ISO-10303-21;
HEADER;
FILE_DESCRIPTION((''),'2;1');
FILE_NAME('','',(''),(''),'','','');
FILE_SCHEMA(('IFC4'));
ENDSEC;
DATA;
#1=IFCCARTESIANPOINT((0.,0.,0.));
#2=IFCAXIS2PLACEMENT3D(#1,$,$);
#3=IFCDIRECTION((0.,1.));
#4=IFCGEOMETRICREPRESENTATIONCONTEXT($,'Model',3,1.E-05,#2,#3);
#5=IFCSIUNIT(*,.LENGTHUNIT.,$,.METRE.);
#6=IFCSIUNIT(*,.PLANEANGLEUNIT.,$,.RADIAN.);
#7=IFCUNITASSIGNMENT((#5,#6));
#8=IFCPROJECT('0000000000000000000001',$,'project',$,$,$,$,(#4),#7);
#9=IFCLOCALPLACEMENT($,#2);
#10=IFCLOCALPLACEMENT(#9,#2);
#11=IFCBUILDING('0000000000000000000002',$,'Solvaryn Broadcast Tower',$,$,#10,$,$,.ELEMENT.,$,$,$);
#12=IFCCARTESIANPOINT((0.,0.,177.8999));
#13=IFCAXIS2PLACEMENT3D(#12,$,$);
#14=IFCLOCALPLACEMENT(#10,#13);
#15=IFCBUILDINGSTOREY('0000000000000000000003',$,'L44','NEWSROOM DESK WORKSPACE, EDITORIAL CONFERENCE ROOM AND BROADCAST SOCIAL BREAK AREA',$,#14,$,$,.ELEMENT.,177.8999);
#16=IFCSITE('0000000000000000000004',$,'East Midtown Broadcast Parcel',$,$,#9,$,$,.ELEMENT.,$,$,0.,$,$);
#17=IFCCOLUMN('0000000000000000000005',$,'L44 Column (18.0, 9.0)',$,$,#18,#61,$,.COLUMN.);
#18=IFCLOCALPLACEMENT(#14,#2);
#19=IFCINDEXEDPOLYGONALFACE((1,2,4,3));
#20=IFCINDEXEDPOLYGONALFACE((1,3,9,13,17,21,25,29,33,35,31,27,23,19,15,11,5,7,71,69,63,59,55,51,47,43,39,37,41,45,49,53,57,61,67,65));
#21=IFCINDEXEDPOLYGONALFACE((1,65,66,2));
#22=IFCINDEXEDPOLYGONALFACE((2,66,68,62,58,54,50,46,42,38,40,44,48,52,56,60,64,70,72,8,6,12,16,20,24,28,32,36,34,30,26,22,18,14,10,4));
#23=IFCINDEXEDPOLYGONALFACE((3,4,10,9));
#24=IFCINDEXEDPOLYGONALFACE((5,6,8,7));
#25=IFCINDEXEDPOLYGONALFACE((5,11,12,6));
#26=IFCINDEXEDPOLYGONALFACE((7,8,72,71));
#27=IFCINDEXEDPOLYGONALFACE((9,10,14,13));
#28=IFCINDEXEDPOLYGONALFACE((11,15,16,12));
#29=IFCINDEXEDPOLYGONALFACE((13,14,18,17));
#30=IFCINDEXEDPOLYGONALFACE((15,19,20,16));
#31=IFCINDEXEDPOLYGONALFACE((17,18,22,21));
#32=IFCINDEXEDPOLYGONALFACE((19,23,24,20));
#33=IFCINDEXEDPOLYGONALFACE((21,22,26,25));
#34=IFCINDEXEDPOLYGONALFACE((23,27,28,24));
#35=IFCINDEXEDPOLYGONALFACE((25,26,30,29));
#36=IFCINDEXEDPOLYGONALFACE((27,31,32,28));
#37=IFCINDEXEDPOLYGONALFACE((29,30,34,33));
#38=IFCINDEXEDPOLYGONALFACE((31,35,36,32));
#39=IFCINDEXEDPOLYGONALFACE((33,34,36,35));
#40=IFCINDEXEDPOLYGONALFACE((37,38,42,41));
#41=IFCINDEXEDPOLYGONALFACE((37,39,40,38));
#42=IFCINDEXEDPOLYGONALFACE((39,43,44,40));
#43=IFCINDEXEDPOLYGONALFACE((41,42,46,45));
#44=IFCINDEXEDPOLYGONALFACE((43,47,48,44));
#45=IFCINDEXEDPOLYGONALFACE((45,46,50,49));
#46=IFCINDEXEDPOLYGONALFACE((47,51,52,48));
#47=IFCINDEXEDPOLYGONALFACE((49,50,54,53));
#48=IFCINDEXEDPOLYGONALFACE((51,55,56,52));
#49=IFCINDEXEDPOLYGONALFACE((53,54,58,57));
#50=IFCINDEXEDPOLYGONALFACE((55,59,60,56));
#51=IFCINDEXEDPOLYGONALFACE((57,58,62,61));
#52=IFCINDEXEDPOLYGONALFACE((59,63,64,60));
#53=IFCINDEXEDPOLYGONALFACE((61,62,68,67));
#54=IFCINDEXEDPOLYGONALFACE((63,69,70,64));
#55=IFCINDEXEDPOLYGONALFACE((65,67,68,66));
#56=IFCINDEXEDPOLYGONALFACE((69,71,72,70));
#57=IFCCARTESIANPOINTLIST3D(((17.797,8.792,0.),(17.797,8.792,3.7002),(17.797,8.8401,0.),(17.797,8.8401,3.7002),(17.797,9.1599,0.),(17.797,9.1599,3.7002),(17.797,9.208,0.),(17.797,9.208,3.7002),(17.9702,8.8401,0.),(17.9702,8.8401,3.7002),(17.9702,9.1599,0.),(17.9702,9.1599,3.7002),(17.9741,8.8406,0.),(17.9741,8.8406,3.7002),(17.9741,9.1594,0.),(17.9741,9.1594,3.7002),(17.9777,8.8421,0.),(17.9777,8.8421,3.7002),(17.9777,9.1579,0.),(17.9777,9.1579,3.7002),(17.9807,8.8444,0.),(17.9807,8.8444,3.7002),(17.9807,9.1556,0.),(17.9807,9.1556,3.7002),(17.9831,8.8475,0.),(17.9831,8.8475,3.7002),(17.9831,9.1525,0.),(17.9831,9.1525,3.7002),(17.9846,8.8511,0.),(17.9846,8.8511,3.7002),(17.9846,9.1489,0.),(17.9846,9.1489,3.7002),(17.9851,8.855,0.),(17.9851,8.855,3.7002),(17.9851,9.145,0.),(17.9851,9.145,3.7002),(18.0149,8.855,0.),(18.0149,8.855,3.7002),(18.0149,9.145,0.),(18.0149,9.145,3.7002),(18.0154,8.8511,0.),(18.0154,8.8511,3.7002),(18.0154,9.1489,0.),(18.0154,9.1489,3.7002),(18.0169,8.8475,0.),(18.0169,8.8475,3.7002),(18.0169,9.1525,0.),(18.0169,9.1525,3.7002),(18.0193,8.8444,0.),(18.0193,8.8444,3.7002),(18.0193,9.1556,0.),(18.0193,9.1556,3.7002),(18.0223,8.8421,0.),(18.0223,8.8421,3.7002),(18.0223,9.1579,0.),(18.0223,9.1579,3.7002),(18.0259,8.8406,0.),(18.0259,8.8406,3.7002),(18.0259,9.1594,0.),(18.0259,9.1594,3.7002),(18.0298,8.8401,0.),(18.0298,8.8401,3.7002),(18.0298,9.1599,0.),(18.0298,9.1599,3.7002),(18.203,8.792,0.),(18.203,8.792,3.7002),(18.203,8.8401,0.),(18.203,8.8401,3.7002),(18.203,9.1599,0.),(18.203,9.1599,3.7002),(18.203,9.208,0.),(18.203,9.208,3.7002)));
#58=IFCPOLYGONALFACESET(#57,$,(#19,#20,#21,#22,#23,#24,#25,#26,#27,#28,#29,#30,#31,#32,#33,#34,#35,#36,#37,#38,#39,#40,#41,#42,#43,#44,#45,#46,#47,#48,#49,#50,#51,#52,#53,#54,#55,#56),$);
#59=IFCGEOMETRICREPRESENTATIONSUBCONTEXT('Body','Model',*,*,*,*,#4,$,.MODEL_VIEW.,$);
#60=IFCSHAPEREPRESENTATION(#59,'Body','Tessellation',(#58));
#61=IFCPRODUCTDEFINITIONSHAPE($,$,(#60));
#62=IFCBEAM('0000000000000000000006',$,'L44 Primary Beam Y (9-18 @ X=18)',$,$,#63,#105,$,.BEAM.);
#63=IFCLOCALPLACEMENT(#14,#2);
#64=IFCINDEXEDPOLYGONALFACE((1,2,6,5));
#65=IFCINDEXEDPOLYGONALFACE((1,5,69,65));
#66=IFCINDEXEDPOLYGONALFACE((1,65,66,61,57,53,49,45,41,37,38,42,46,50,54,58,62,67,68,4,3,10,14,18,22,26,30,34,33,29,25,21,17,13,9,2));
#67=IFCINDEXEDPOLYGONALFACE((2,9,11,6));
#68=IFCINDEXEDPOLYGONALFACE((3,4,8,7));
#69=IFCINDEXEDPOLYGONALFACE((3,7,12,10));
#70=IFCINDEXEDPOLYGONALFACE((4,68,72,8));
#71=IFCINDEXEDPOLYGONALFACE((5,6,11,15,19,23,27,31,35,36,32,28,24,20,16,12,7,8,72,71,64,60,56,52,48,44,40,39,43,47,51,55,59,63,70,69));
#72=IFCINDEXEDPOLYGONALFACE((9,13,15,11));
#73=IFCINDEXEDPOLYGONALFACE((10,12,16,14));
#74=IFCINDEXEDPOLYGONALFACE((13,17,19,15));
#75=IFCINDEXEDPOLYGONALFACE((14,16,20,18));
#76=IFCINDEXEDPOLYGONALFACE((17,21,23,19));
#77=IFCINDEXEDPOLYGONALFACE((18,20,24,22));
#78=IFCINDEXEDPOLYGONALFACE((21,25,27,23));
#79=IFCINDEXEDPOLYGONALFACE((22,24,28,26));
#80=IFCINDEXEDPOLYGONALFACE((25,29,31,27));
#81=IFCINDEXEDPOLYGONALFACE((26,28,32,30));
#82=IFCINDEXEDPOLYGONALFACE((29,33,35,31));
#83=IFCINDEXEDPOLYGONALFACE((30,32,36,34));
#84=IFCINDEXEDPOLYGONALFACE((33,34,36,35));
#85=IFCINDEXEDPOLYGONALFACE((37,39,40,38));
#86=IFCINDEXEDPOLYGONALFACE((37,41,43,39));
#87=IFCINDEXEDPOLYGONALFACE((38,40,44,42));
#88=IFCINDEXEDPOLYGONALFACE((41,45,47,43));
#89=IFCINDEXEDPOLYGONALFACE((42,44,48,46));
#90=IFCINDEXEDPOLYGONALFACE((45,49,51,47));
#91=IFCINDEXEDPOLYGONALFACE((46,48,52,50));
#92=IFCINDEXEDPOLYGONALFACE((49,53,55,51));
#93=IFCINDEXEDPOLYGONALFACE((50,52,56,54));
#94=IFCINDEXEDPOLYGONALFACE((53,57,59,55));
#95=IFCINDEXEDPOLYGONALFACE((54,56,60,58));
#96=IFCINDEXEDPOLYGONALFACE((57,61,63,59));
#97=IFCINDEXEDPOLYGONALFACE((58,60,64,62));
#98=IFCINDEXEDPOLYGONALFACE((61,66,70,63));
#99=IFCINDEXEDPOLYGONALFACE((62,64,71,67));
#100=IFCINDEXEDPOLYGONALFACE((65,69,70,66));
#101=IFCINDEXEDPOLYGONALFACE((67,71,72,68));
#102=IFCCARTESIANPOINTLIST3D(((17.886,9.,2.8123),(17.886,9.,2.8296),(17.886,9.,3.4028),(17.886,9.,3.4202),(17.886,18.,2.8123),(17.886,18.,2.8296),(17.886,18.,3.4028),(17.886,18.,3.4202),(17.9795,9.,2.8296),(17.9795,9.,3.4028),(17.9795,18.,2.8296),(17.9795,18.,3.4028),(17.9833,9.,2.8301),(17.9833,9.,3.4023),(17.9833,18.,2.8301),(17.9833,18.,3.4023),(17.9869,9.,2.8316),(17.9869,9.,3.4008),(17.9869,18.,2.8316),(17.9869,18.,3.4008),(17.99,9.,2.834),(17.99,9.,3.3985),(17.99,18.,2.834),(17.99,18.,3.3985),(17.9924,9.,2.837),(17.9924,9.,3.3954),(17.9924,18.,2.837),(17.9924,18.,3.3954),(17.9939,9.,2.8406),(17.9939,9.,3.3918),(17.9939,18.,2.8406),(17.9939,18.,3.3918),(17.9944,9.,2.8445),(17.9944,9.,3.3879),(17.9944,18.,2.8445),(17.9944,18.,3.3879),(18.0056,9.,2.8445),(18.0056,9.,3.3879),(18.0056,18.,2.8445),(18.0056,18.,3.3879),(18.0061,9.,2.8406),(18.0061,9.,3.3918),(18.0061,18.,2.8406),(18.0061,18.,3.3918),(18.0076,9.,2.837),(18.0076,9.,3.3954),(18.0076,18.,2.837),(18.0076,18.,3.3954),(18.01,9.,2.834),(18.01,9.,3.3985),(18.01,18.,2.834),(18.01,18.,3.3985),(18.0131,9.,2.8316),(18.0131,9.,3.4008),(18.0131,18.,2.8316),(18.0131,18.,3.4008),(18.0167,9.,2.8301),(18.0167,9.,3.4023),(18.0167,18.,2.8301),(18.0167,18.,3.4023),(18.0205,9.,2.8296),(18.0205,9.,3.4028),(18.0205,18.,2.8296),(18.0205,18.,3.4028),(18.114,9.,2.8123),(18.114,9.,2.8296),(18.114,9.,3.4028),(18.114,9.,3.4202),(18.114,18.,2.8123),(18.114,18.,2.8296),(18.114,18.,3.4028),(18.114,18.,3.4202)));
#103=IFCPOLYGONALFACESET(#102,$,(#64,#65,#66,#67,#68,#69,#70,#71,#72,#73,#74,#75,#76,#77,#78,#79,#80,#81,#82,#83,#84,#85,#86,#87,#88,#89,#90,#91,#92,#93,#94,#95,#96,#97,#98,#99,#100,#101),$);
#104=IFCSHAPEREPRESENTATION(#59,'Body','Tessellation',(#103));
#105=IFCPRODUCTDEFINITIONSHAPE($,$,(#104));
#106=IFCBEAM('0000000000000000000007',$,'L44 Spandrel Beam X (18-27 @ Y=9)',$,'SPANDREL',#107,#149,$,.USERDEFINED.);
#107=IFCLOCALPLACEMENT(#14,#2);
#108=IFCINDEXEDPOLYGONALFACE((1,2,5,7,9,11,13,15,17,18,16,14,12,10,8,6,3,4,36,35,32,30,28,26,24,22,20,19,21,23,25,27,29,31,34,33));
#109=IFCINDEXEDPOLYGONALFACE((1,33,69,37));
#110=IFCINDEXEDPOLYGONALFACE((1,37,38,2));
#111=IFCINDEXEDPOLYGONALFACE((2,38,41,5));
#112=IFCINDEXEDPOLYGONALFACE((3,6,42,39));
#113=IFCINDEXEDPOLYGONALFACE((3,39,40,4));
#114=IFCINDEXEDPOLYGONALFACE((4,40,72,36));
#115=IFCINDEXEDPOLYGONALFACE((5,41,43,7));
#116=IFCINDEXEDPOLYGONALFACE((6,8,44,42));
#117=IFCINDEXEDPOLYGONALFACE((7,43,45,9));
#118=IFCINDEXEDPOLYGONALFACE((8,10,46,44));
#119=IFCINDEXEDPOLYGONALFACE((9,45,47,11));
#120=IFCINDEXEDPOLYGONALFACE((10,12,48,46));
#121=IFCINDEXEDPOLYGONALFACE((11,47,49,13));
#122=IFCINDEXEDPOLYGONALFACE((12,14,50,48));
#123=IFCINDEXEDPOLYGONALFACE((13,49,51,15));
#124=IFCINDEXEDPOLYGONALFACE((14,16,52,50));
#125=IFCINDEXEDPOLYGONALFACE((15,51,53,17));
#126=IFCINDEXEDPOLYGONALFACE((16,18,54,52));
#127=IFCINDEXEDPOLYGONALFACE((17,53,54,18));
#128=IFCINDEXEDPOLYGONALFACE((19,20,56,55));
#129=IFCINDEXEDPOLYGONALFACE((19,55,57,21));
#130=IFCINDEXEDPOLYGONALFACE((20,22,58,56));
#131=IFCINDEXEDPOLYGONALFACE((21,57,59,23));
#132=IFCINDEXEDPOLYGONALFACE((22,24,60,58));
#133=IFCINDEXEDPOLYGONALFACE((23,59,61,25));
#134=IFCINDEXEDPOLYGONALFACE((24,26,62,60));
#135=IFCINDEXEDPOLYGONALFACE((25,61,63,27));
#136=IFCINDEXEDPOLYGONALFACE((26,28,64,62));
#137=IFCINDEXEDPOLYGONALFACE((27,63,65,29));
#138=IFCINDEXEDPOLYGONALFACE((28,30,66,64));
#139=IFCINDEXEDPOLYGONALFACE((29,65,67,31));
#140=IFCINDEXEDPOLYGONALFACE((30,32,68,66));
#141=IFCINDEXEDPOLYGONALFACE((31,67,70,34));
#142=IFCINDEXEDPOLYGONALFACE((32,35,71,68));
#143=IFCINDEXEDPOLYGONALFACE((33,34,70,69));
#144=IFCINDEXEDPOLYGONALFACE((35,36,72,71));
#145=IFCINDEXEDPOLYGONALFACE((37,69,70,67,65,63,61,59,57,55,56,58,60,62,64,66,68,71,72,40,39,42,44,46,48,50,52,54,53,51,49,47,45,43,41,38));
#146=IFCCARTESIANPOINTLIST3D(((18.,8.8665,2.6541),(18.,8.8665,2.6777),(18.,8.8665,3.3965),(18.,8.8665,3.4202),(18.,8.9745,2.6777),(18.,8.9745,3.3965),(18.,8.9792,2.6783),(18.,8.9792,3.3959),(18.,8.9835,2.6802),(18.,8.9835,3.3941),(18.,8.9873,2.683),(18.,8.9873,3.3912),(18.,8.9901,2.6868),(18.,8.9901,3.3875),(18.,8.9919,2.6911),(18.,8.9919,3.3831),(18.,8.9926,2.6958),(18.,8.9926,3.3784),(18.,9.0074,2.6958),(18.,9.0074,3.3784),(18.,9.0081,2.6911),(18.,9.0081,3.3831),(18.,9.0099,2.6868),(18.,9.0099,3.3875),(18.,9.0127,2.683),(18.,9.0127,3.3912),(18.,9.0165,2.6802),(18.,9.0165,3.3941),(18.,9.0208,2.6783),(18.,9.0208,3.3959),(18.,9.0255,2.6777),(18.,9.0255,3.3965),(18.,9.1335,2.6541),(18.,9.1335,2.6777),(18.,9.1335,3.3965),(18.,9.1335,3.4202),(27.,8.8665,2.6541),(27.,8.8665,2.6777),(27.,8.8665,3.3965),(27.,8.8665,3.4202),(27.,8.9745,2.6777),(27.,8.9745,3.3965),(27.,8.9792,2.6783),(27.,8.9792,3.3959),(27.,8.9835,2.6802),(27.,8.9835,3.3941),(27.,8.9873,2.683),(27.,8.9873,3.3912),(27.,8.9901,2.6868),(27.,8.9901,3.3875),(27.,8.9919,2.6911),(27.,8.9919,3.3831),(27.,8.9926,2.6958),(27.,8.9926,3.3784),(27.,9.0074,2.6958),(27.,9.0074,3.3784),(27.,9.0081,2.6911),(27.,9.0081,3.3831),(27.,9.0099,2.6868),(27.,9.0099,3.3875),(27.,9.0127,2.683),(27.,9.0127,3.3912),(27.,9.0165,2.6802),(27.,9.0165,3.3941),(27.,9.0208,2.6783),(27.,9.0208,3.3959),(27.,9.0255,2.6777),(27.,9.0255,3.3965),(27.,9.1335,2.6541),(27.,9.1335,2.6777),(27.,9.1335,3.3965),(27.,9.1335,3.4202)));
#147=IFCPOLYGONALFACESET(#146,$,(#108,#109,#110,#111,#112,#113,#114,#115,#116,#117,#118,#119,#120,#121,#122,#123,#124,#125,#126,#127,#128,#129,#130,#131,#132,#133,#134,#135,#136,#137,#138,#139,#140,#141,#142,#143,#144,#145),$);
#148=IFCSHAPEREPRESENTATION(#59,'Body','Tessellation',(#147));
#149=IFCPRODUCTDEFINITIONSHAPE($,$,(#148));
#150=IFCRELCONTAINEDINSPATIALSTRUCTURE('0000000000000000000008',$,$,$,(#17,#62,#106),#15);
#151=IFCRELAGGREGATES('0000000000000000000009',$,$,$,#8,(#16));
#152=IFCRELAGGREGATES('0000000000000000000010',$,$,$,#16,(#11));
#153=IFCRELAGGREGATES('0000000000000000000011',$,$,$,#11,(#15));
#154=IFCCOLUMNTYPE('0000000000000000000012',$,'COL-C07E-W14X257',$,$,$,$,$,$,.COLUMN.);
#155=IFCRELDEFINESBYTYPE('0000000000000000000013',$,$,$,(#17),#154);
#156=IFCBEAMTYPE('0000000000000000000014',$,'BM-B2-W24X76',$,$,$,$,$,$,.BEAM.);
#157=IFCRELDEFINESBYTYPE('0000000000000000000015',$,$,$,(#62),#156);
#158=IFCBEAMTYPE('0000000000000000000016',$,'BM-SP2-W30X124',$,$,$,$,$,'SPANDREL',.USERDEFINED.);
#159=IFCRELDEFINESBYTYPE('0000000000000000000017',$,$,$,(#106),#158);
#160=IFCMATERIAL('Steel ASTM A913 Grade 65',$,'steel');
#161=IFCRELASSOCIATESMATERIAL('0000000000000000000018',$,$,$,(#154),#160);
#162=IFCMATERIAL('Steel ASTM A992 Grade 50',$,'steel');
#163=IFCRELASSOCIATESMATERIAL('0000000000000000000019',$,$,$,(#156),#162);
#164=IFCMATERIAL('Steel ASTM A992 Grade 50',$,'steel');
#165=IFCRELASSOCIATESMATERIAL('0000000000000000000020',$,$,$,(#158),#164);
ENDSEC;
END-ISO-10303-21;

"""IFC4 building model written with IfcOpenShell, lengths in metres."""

from ifc_helpers import new_model, si_unit, direction, frame, origin, origin_2d, place, context, subcontext, project, spatial, i_section, extrude, material, material_profile, profile_set, type_object, element, save


model = new_model("IFC4")

# Units and contexts
model_context = context("Model", 3, precision=1e-05, world=origin(), true_north=direction((0.0, 1.0)))
body_context = subcontext(model_context, "Body", "Model", "MODEL_VIEW")
ifc_project = project(units=[si_unit("LENGTHUNIT", "METRE"), si_unit("PLANEANGLEUNIT", "RADIAN")], contexts=[model_context])

# Site, building, storey
site_placement = place(None, origin())
site = spatial("IfcSite", under=ifc_project, at=site_placement, Name="East Midtown Broadcast Parcel", CompositionType="ELEMENT", RefElevation=0.0)
building_placement = place(site_placement, origin())
building = spatial("IfcBuilding", under=site, at=building_placement, Name="Solvaryn Broadcast Tower", CompositionType="ELEMENT")
storey_placement = place(building_placement, frame((0.0, 0.0, 177.8999)))
storey = spatial("IfcBuildingStorey", under=building, at=storey_placement, Name="L44", Description="NEWSROOM DESK WORKSPACE, EDITORIAL CONFERENCE ROOM AND BROADCAST SOCIAL BREAK AREA", CompositionType="ELEMENT", Elevation=177.8999)

# Column
ifc_material_1 = material(Name="Steel ASTM A913 Grade 65", Category="steel")
ifc_material_profile_1 = material_profile(ifc_material_1, i_section(OverallWidth=0.406, OverallDepth=0.416, WebThickness=0.0298, FlangeThickness=0.0481, FilletRadius=0.0149, at=origin_2d()))
ifc_profile_set_1 = profile_set([ifc_material_profile_1], Name="Steel ASTM A913 Grade 65")
column_type = type_object("IfcColumnType", Name="COL-C07E-W14X257", PredefinedType="COLUMN", material=ifc_profile_set_1)
column_placement = place(storey_placement, frame((18.0, 9.0, 0.0), z_axis=(0.0, 0.0, 1.0), x_axis=(1.0, 0.0, 0.0)))
element("IfcColumn", 1, at=column_placement, inside=storey, type_object=column_type, Name="L44 Column (18.0, 9.0)", PredefinedType="COLUMN", context=body_context, shape_type="SweptSolid", body=[
    extrude(i_section(OverallWidth=0.406, OverallDepth=0.416, WebThickness=0.0298, FlangeThickness=0.0481, FilletRadius=0.0149, at=origin_2d()), origin(), (0.0, 0.0, 1.0), 3.7002),
])

# Beams
ifc_material_2 = material(Name="Steel ASTM A992 Grade 50", Category="steel")
ifc_material_profile_2 = material_profile(ifc_material_2, i_section(OverallWidth=0.228, OverallDepth=0.6079, WebThickness=0.0112, FlangeThickness=0.0173, FilletRadius=0.0149, at=origin_2d()))
ifc_profile_set_2 = profile_set([ifc_material_profile_2], Name="Steel ASTM A992 Grade 50")
beam_type_1 = type_object("IfcBeamType", Name="BM-B2-W24X76", PredefinedType="BEAM", material=ifc_profile_set_2)
beam_1_placement = place(storey_placement, frame((18.0, 9.0, 3.1162), z_axis=(0.0, 1.0, 0.0), x_axis=(-1.0, 0.0, 0.0)))
element("IfcBeam", 2, at=beam_1_placement, inside=storey, type_object=beam_type_1, Name="L44 Primary Beam Y (9-18 @ X=18)", PredefinedType="BEAM", context=body_context, shape_type="SweptSolid", body=[
    extrude(i_section(OverallWidth=0.228, OverallDepth=0.6079, WebThickness=0.0112, FlangeThickness=0.0173, FilletRadius=0.0149, at=origin_2d()), origin(), (0.0, 0.0, 1.0), 9.0),
])
ifc_material_3 = material(Name="Steel ASTM A992 Grade 50", Category="steel")
ifc_material_profile_3 = material_profile(ifc_material_3, i_section(OverallWidth=0.2671, OverallDepth=0.7661, WebThickness=0.0149, FlangeThickness=0.0237, FilletRadius=0.0181, at=origin_2d()))
ifc_profile_set_3 = profile_set([ifc_material_profile_3], Name="Steel ASTM A992 Grade 50")
beam_type_2 = type_object("IfcBeamType", Name="BM-SP2-W30X124", ElementType="SPANDREL", PredefinedType="USERDEFINED", material=ifc_profile_set_3)
beam_2_placement = place(storey_placement, frame((18.0, 9.0, 3.0371), z_axis=(1.0, 0.0, 0.0), x_axis=(0.0, 1.0, 0.0)))
element("IfcBeam", 3, at=beam_2_placement, inside=storey, type_object=beam_type_2, Name="L44 Spandrel Beam X (18-27 @ Y=9)", ObjectType="SPANDREL", PredefinedType="USERDEFINED", context=body_context, shape_type="SweptSolid", body=[
    extrude(i_section(OverallWidth=0.2671, OverallDepth=0.7661, WebThickness=0.0149, FlangeThickness=0.0237, FilletRadius=0.0181, at=origin_2d()), origin(), (0.0, 0.0, 1.0), 9.0),
])

save(model, "model.ifc")
